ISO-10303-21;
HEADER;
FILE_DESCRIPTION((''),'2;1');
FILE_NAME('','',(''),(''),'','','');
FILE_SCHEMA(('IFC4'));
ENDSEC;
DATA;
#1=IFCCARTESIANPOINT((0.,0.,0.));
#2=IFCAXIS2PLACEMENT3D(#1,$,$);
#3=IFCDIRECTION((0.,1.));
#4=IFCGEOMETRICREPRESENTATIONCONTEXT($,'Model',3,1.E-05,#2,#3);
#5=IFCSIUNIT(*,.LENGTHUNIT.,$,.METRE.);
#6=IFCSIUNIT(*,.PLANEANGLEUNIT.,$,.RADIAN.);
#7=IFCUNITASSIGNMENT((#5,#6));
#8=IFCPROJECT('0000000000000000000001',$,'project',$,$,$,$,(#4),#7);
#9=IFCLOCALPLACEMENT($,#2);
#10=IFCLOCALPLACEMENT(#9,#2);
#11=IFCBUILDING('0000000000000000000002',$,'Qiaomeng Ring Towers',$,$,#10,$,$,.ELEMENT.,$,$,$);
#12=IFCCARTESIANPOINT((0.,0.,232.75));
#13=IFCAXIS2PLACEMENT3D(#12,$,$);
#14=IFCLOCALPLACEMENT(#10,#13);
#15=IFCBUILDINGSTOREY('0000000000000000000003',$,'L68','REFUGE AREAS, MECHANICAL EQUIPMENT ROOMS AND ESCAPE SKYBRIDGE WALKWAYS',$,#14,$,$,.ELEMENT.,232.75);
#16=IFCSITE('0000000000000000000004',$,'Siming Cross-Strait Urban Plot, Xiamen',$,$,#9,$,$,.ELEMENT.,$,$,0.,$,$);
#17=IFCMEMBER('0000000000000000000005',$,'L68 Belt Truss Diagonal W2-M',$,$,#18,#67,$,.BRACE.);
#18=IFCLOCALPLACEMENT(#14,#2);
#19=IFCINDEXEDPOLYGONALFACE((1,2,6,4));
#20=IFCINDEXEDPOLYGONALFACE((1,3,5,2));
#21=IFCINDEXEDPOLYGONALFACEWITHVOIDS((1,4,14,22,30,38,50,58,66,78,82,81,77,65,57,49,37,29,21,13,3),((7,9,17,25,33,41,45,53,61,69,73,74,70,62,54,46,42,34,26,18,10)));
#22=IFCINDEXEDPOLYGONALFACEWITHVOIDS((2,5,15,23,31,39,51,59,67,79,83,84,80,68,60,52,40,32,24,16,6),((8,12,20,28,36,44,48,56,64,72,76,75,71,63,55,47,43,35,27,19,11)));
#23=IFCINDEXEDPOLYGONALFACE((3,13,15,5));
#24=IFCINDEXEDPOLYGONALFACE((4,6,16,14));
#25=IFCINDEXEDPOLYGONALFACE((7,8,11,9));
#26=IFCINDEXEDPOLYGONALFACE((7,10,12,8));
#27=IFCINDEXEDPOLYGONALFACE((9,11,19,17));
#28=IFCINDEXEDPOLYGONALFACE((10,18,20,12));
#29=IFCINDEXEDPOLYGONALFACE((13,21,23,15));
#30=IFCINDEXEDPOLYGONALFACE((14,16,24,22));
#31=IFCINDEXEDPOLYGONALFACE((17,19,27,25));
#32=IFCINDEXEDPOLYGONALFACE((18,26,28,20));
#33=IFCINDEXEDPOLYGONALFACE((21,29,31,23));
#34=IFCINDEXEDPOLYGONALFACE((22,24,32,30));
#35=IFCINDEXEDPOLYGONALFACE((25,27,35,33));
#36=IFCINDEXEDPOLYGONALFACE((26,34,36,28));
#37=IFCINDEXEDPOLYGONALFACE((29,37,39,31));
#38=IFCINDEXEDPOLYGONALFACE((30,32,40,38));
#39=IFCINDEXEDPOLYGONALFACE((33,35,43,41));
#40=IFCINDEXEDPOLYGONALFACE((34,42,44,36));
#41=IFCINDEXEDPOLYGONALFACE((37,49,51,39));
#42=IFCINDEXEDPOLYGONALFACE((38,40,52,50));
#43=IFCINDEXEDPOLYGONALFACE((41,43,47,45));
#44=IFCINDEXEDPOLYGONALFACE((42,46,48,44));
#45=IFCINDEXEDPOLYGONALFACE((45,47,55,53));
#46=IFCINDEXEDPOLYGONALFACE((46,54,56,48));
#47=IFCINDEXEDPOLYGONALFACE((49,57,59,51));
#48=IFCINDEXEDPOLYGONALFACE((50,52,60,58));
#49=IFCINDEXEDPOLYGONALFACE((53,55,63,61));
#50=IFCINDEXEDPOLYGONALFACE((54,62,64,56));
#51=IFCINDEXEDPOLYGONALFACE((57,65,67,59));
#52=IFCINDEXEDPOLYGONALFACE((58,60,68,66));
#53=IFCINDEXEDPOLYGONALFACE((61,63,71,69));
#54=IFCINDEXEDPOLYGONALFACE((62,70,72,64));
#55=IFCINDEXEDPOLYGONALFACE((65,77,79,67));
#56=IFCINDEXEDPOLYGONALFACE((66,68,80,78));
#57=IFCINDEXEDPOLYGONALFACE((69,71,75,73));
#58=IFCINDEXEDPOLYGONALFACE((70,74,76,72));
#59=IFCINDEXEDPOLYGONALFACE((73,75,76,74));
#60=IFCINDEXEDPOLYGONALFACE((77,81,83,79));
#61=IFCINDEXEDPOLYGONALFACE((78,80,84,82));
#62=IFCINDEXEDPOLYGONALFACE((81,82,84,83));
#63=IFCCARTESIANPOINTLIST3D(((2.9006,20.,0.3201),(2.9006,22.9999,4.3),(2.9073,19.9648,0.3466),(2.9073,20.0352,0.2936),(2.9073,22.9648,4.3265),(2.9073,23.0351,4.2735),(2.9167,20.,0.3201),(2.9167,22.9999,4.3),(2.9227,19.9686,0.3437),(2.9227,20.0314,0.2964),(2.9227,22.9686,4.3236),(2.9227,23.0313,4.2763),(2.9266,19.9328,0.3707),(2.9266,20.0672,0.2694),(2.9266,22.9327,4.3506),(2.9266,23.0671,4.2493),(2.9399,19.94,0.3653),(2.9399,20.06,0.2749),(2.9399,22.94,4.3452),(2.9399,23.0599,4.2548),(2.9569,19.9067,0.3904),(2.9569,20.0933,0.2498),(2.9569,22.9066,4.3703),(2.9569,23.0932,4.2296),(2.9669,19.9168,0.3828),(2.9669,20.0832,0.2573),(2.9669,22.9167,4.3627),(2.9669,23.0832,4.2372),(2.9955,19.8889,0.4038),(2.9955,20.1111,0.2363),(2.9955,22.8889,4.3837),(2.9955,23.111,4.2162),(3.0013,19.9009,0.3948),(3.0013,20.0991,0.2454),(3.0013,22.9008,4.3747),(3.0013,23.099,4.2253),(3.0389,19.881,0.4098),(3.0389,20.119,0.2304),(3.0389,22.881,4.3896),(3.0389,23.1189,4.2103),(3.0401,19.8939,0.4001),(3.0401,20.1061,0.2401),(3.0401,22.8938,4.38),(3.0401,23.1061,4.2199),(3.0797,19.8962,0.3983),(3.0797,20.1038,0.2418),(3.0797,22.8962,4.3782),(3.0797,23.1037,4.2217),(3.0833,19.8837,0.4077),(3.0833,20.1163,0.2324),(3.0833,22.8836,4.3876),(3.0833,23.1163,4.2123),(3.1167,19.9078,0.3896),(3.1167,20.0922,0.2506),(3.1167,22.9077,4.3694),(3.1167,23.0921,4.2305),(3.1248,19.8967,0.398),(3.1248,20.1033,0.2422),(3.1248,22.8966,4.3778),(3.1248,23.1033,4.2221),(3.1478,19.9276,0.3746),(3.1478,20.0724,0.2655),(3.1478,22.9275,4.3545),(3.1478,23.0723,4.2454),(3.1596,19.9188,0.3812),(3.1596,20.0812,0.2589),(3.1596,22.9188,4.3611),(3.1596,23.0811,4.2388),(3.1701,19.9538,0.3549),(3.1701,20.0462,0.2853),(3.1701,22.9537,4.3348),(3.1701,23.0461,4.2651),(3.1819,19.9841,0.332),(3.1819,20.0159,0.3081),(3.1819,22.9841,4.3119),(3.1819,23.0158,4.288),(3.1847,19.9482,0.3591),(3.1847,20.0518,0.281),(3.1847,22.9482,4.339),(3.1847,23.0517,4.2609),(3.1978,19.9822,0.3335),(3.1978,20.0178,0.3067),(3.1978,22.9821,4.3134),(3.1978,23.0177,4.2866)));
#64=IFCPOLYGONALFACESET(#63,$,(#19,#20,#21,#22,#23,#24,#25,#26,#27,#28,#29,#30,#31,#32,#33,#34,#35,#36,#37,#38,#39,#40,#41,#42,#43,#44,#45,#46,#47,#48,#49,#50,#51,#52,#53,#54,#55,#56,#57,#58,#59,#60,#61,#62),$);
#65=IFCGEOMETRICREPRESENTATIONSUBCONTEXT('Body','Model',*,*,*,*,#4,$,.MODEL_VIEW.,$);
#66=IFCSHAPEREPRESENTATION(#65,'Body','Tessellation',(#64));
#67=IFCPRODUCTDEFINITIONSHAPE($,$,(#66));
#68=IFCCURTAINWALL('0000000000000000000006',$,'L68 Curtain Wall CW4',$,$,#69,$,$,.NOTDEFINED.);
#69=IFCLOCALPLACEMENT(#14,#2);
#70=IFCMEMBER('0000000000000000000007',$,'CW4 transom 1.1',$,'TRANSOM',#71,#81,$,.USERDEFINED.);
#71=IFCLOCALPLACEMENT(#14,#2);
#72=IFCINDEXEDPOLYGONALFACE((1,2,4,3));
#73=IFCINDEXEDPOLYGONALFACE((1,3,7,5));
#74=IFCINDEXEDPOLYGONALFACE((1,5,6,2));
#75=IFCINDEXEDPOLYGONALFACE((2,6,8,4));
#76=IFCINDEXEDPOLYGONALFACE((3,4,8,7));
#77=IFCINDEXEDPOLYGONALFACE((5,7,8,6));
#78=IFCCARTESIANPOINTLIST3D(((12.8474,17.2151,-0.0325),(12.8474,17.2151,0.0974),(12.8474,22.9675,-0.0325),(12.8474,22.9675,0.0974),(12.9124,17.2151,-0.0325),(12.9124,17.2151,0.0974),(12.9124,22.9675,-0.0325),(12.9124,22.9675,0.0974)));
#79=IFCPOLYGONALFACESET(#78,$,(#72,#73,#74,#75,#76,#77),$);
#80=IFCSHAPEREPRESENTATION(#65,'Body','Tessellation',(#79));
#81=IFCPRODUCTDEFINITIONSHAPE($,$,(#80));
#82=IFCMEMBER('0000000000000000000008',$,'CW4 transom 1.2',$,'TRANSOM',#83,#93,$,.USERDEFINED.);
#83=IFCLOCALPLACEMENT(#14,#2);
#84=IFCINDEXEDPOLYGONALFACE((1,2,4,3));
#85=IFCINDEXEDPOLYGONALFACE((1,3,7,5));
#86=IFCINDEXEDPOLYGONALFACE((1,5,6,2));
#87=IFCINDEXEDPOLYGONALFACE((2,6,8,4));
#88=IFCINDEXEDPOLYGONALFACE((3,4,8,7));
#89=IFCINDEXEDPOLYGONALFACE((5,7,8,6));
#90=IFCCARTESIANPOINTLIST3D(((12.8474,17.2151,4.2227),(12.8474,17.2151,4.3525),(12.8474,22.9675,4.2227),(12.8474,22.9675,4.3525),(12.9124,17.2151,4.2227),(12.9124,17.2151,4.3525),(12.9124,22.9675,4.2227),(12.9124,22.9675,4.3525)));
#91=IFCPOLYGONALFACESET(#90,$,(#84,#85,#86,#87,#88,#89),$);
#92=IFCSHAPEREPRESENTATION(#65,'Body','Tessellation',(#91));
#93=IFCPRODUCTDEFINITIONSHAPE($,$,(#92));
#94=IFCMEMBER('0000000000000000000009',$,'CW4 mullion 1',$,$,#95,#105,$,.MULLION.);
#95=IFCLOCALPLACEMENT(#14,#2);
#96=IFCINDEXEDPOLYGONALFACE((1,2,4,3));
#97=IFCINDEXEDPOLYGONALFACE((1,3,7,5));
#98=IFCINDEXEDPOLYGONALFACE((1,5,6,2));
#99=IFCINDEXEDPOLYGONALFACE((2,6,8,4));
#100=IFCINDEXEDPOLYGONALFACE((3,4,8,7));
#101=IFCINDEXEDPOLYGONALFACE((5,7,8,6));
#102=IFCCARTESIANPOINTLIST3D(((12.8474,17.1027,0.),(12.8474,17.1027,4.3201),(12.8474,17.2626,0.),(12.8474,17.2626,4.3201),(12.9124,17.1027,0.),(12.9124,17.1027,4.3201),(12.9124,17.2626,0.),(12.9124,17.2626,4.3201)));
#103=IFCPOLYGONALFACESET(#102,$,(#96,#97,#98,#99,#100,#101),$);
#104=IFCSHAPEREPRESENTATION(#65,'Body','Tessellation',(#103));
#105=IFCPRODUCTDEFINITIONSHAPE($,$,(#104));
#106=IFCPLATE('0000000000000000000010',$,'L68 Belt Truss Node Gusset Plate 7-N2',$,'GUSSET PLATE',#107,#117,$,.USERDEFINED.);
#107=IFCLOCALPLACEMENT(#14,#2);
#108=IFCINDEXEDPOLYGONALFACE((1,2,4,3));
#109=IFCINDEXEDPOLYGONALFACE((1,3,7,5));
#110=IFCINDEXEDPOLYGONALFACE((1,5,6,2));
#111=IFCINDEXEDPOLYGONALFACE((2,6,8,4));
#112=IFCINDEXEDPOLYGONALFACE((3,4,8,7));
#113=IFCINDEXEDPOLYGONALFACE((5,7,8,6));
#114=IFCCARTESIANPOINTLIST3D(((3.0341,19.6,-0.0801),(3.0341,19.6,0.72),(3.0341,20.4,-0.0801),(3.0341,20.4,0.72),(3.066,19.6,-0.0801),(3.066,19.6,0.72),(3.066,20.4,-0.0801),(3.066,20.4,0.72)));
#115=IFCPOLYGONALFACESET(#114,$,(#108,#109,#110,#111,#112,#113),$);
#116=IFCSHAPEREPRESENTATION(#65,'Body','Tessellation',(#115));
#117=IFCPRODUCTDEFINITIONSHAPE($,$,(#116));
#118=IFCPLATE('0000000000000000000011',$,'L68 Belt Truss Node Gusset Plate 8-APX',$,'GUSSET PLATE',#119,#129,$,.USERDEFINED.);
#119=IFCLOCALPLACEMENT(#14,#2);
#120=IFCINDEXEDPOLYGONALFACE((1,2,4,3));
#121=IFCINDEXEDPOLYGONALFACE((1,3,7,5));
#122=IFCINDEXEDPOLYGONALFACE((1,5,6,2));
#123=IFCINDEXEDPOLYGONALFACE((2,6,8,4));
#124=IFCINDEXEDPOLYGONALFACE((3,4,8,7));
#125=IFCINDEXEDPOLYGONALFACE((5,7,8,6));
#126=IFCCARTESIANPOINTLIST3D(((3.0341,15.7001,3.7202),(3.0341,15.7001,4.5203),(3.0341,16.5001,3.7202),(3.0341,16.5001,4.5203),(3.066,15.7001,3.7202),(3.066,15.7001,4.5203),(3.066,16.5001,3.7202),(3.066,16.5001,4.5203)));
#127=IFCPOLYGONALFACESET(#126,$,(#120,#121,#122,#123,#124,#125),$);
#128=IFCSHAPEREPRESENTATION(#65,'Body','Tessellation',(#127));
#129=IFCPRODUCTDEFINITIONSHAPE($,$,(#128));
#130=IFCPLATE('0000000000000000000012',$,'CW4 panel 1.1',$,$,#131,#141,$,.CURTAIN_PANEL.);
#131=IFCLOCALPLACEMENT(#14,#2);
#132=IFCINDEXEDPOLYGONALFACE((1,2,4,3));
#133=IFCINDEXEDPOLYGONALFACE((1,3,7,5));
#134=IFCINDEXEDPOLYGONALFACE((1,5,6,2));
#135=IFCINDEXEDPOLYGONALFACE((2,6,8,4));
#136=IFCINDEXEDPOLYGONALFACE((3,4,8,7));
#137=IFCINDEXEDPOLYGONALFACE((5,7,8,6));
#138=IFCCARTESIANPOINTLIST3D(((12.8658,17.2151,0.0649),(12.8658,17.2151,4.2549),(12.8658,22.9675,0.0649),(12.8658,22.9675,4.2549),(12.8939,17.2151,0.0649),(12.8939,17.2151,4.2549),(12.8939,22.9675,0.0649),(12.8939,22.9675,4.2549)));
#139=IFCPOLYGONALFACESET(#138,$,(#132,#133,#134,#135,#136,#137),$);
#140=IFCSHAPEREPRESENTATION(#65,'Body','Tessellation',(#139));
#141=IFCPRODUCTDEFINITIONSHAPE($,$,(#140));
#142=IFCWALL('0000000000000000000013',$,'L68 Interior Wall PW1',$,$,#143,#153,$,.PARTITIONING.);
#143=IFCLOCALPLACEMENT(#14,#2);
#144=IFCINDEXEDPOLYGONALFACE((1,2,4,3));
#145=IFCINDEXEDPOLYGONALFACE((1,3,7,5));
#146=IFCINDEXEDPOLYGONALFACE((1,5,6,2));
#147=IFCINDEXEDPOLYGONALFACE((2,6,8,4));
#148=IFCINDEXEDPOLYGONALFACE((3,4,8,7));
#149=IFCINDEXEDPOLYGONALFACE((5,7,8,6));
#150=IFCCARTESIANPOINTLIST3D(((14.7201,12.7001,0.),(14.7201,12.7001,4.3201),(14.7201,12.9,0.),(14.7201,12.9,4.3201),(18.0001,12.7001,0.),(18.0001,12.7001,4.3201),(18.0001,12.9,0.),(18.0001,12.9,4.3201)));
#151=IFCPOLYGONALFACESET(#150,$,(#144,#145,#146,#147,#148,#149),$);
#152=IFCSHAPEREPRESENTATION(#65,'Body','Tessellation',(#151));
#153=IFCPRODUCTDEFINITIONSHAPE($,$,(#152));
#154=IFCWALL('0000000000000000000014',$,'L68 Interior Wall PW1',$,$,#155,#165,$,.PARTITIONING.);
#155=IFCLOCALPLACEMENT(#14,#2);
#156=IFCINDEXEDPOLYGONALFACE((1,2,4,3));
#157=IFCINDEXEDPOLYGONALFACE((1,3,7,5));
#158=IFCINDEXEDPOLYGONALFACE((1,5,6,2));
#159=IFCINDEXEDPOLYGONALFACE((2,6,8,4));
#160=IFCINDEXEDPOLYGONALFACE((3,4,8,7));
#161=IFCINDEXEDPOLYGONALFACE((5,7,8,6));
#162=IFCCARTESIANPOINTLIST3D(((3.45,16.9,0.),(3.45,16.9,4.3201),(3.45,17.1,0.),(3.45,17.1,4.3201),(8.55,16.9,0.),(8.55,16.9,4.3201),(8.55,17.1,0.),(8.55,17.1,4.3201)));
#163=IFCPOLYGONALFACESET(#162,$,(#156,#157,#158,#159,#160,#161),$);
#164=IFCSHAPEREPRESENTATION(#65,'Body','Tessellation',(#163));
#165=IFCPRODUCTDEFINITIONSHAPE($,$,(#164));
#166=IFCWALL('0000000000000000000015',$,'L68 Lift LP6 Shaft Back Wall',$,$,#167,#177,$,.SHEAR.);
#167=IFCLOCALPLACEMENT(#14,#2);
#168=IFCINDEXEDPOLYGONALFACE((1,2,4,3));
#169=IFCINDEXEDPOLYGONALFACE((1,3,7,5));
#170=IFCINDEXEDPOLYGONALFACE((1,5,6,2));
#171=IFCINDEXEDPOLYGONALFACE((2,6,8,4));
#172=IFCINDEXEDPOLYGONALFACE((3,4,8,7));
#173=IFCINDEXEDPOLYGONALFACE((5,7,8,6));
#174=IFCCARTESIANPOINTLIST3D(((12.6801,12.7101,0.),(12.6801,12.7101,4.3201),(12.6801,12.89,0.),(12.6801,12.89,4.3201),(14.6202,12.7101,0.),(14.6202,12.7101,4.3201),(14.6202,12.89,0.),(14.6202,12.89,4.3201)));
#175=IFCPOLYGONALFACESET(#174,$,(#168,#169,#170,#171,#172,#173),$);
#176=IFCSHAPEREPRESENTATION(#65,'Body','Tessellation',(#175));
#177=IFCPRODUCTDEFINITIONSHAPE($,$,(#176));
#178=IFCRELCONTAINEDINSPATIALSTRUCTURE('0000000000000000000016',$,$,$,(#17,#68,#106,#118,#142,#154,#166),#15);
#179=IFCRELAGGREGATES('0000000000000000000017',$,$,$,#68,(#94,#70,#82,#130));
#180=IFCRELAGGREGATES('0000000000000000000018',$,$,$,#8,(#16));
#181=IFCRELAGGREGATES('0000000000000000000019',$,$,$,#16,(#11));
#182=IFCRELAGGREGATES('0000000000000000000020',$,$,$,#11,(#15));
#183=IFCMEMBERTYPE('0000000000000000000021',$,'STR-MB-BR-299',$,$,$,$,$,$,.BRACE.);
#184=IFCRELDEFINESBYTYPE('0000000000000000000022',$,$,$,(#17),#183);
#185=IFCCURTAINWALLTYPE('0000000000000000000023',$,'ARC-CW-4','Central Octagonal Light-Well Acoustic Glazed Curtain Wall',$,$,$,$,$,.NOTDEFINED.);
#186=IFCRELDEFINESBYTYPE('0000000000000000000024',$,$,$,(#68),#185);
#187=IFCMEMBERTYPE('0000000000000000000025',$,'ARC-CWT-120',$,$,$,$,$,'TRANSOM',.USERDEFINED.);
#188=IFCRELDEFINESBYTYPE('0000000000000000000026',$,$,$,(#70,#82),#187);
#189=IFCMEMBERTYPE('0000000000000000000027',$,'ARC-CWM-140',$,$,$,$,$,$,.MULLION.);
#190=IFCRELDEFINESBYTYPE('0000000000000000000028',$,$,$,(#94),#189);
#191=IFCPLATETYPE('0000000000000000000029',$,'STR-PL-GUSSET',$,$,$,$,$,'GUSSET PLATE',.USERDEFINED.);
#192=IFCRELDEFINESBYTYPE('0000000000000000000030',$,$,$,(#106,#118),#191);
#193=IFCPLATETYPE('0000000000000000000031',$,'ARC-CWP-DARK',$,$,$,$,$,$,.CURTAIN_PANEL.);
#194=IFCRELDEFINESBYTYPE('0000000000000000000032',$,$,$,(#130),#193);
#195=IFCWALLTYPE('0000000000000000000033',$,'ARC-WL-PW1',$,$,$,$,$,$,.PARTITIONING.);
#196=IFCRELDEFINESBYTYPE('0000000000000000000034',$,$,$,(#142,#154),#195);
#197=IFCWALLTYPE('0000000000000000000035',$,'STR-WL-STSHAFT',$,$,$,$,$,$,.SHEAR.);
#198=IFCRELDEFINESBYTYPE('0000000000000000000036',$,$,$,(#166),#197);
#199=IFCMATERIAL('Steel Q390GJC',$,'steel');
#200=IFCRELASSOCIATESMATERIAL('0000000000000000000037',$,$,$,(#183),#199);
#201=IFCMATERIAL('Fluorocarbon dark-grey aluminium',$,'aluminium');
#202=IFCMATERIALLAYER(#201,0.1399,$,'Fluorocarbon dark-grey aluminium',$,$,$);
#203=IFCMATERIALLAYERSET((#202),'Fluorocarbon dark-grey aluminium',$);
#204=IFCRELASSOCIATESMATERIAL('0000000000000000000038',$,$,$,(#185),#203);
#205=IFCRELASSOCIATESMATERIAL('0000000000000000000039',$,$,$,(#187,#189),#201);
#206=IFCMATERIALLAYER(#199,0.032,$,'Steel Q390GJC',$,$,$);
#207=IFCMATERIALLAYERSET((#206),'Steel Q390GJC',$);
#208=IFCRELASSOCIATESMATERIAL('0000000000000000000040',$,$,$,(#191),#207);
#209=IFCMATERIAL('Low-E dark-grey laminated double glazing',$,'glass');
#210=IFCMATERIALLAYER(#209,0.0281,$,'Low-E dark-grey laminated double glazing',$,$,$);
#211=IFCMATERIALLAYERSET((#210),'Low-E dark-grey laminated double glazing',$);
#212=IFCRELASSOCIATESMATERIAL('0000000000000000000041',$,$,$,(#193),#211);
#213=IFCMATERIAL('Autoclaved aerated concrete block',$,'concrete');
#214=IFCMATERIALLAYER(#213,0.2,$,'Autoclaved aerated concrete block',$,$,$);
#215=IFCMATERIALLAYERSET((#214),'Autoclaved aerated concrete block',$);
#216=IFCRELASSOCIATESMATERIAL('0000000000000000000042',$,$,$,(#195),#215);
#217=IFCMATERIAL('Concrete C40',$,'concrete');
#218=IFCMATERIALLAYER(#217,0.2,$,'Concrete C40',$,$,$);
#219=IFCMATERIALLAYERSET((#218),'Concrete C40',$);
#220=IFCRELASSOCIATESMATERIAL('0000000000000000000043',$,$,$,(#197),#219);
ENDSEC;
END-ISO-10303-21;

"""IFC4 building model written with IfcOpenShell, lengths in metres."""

from ifc_helpers import new_model, si_unit, direction, frame, frame_2d, origin, origin_2d, place, context, subcontext, project, spatial, rectangle, hollow_circle, extrude, source, transform, mapped, material, layer, layer_set, material_profile, profile_set, type_object, element, aggregate, save


model = new_model("IFC4")

# Units and contexts
model_context = context("Model", 3, precision=1e-05, world=origin(), true_north=direction((0.0, 1.0)))
body_context = subcontext(model_context, "Body", "Model", "MODEL_VIEW")
ifc_project = project(units=[si_unit("LENGTHUNIT", "METRE"), si_unit("PLANEANGLEUNIT", "RADIAN")], contexts=[model_context])

# Site, building, storey
site_placement = place(None, origin())
site = spatial("IfcSite", under=ifc_project, at=site_placement, Name="Siming Cross-Strait Urban Plot, Xiamen", CompositionType="ELEMENT", RefElevation=0.0)
building_placement = place(site_placement, origin())
building = spatial("IfcBuilding", under=site, at=building_placement, Name="Qiaomeng Ring Towers", CompositionType="ELEMENT")
storey_placement = place(building_placement, frame((0.0, 0.0, 232.75)))
storey = spatial("IfcBuildingStorey", under=building, at=storey_placement, Name="L68", Description="REFUGE AREAS, MECHANICAL EQUIPMENT ROOMS AND ESCAPE SKYBRIDGE WALKWAYS", CompositionType="ELEMENT", Elevation=232.75)

# Shared definitions
ifc_material_1 = material(Name="Concrete C40", Category="concrete")

# Shared definitions
ifc_material_2 = material(Name="Steel Q390GJC", Category="steel")

# Member
ifc_material_profile_1 = material_profile(ifc_material_2, hollow_circle(Radius=0.1494, WallThickness=0.0161, at=origin_2d()), Name="CHS 299x16")
ifc_profile_set_1 = profile_set([ifc_material_profile_1], Name="Steel Q390GJC")
member_type_1 = type_object("IfcMemberType", Name="STR-MB-BR-299", PredefinedType="BRACE", material=ifc_profile_set_1)
shared_shape_1 = source(origin(), body_context, "Body", "SweptSolid", [
    extrude(hollow_circle(Radius=0.1494, WallThickness=0.0161, at=origin_2d()), origin(), (0.0, 0.0, 1.0), 4.9839),
])
member_1_placement = place(storey_placement, frame((3.05, 20.0, 0.3201), z_axis=(0.0, 0.601926, 0.798552), x_axis=(-1.0, 0.0, 0.0)))
element("IfcMember", 1, at=member_1_placement, inside=storey, type_object=member_type_1, Name="L68 Belt Truss Diagonal W2-M", PredefinedType="BRACE", context=body_context, shape_type="MappedRepresentation", body=[
    mapped(shared_shape_1, transform((0.0, 0.0, 0.0), x_axis=(1.0, 0.0, 0.0), y_axis=(0.0, 1.0, 0.0), z_axis=(0.0, 0.0, 1.0), scale=1.0)),
])

# Curtain wall, members
ifc_material_3 = material(Name="Fluorocarbon dark-grey aluminium", Category="aluminium")
ifc_layer_1 = layer(ifc_material_3, 0.1399, Name="Fluorocarbon dark-grey aluminium")
ifc_layer_set_1 = layer_set([ifc_layer_1], Name="Fluorocarbon dark-grey aluminium")
curtain_wall_type = type_object("IfcCurtainWallType", Name="ARC-CW-4", Description="Central Octagonal Light-Well Acoustic Glazed Curtain Wall", PredefinedType="NOTDEFINED", material=ifc_layer_set_1)
curtain_wall_placement = place(storey_placement, origin())
curtain_wall = element("IfcCurtainWall", 2, at=curtain_wall_placement, inside=storey, type_object=curtain_wall_type, Name="L68 Curtain Wall CW4", PredefinedType="NOTDEFINED")
ifc_material_profile_2 = material_profile(ifc_material_3, rectangle(XDim=0.0649, YDim=0.1299, at=origin_2d()), Name="ALU TRAN 65x130")
ifc_profile_set_2 = profile_set([ifc_material_profile_2], Name="Fluorocarbon dark-grey aluminium")
member_type_2 = type_object("IfcMemberType", Name="ARC-CWT-120", ElementType="TRANSOM", PredefinedType="USERDEFINED", material=ifc_profile_set_2)
shared_shape_2 = source(origin(), body_context, "Body", "SweptSolid", [
    extrude(rectangle(XDim=0.0649, YDim=0.1299, at=origin_2d()), origin(), (0.0, 0.0, 1.0), 5.7524),
])
member_2_placement = place(storey_placement, frame((12.8799, 17.2151, 0.0325), z_axis=(0.0, 1.0, 0.0), x_axis=(-1.0, 0.0, 0.0)))
member_2 = element("IfcMember", 3, at=member_2_placement, type_object=member_type_2, Name="CW4 transom 1.1", ObjectType="TRANSOM", PredefinedType="USERDEFINED", context=body_context, shape_type="MappedRepresentation", body=[
    mapped(shared_shape_2, transform((0.0, 0.0, 0.0), x_axis=(1.0, 0.0, 0.0), y_axis=(0.0, 1.0, 0.0), z_axis=(0.0, 0.0, 1.0), scale=1.0)),
])
member_3_placement = place(storey_placement, frame((12.8799, 17.2151, 4.2876), z_axis=(0.0, 1.0, 0.0), x_axis=(-1.0, 0.0, 0.0)))
member_3 = element("IfcMember", 4, at=member_3_placement, type_object=member_type_2, Name="CW4 transom 1.2", ObjectType="TRANSOM", PredefinedType="USERDEFINED", context=body_context, shape_type="MappedRepresentation", body=[
    mapped(shared_shape_2, transform((0.0, 0.0, 0.0), x_axis=(1.0, 0.0, 0.0), y_axis=(0.0, 1.0, 0.0), z_axis=(0.0, 0.0, 1.0), scale=1.0)),
])
ifc_material_profile_3 = material_profile(ifc_material_3, rectangle(XDim=0.0649, YDim=0.1599, at=origin_2d()), Name="ALU MULL 65x160")
ifc_profile_set_3 = profile_set([ifc_material_profile_3], Name="Fluorocarbon dark-grey aluminium")
member_type_3 = type_object("IfcMemberType", Name="ARC-CWM-140", PredefinedType="MULLION", material=ifc_profile_set_3)
shared_shape_3 = source(origin(), body_context, "Body", "SweptSolid", [
    extrude(rectangle(XDim=0.0649, YDim=0.1599, at=origin_2d()), origin(), (0.0, 0.0, 1.0), 4.3201),
])
member_4_placement = place(storey_placement, frame((12.8799, 17.1826, 0.0), z_axis=(0.0, 0.0, 1.0), x_axis=(-1.0, 0.0, 0.0)))
member_4 = element("IfcMember", 5, at=member_4_placement, type_object=member_type_3, Name="CW4 mullion 1", PredefinedType="MULLION", context=body_context, shape_type="MappedRepresentation", body=[
    mapped(shared_shape_3, transform((0.0, 0.0, 0.0), x_axis=(1.0, 0.0, 0.0), y_axis=(0.0, 1.0, 0.0), z_axis=(0.0, 0.0, 1.0), scale=1.0)),
])

# Plates
ifc_layer_2 = layer(ifc_material_2, 0.032, Name="Steel Q390GJC")
ifc_layer_set_2 = layer_set([ifc_layer_2], Name="Steel Q390GJC")
plate_type_1 = type_object("IfcPlateType", Name="STR-PL-GUSSET", ElementType="GUSSET PLATE", PredefinedType="USERDEFINED", material=ifc_layer_set_2)
shared_shape_4 = source(origin(), body_context, "Body", "SweptSolid", [
    extrude(rectangle(XDim=0.8, YDim=0.032, at=origin_2d()), origin(), (0.0, 0.0, 1.0), 0.8),
])
for number, where, z_axis, x_axis, name in (
    (6, (3.05, 20.0, -0.0801), (0.0, 0.0, 1.0), (0.0, -1.0, 0.0), "L68 Belt Truss Node Gusset Plate 7-N2"),
    (7, (3.05, 16.1001, 3.7202), (0.0, 0.0, 1.0), (0.0, -1.0, 0.0), "L68 Belt Truss Node Gusset Plate 8-APX"),
):
    element("IfcPlate", number, at=place(storey_placement, frame(where, z_axis=z_axis, x_axis=x_axis)), inside=storey, type_object=plate_type_1, Name=name, ObjectType="GUSSET PLATE", PredefinedType="USERDEFINED", context=body_context, shape_type="MappedRepresentation", body=[
        mapped(shared_shape_4, transform((0.0, 0.0, 0.0), x_axis=(1.0, 0.0, 0.0), y_axis=(0.0, 1.0, 0.0), z_axis=(0.0, 0.0, 1.0), scale=1.0)),
    ])

# Plate
ifc_material_4 = material(Name="Low-E dark-grey laminated double glazing", Category="glass")
ifc_layer_3 = layer(ifc_material_4, 0.0281, Name="Low-E dark-grey laminated double glazing")
ifc_layer_set_3 = layer_set([ifc_layer_3], Name="Low-E dark-grey laminated double glazing")
plate_type_2 = type_object("IfcPlateType", Name="ARC-CWP-DARK", PredefinedType="CURTAIN_PANEL", material=ifc_layer_set_3)
shared_shape_5 = source(origin(), body_context, "Body", "SweptSolid", [
    extrude(rectangle(XDim=5.7524, YDim=0.0281, at=origin_2d()), origin(), (0.0, 0.0, 1.0), 4.1899),
])
plate_placement = place(storey_placement, frame((12.8799, 20.0913, 0.0649), z_axis=(0.0, 0.0, 1.0), x_axis=(0.0, 1.0, 0.0)))
plate = element("IfcPlate", 8, at=plate_placement, type_object=plate_type_2, Name="CW4 panel 1.1", PredefinedType="CURTAIN_PANEL", context=body_context, shape_type="MappedRepresentation", body=[
    mapped(shared_shape_5, transform((0.0, 0.0, 0.0), x_axis=(1.0, 0.0, 0.0), y_axis=(0.0, 1.0, 0.0), z_axis=(0.0, 0.0, 1.0), scale=1.0)),
])
aggregate(curtain_wall, [member_4, member_2, member_3, plate])

# Walls
ifc_material_5 = material(Name="Autoclaved aerated concrete block", Category="concrete")
ifc_layer_4 = layer(ifc_material_5, 0.2, Name="Autoclaved aerated concrete block")
ifc_layer_set_4 = layer_set([ifc_layer_4], Name="Autoclaved aerated concrete block")
wall_type_1 = type_object("IfcWallType", Name="ARC-WL-PW1", PredefinedType="PARTITIONING", material=ifc_layer_set_4)
wall_1_placement = place(storey_placement, frame((14.72, 12.8, 0.0), z_axis=(0.0, 0.0, 1.0), x_axis=(1.0, 0.0, 0.0)))
element("IfcWall", 9, at=wall_1_placement, inside=storey, type_object=wall_type_1, Name="L68 Interior Wall PW1", PredefinedType="PARTITIONING", context=body_context, shape_type="SweptSolid", body=[
    extrude(rectangle(XDim=3.28, YDim=0.2, at=frame_2d((1.6401, 0.0))), origin(), (0.0, 0.0, 1.0), 4.3201),
])
wall_2_placement = place(storey_placement, frame((3.45, 17.0, 0.0), z_axis=(0.0, 0.0, 1.0), x_axis=(1.0, 0.0, 0.0)))
element("IfcWall", 10, at=wall_2_placement, inside=storey, type_object=wall_type_1, Name="L68 Interior Wall PW1", PredefinedType="PARTITIONING", context=body_context, shape_type="SweptSolid", body=[
    extrude(rectangle(XDim=5.1001, YDim=0.2, at=frame_2d((2.55, 0.0))), origin(), (0.0, 0.0, 1.0), 4.3201),
])
ifc_layer_5 = layer(ifc_material_1, 0.2, Name="Concrete C40")
ifc_layer_set_5 = layer_set([ifc_layer_5], Name="Concrete C40")
wall_type_2 = type_object("IfcWallType", Name="STR-WL-STSHAFT", PredefinedType="SHEAR", material=ifc_layer_set_5)
wall_3_placement = place(storey_placement, frame((12.6799, 12.8, 0.0), z_axis=(0.0, 0.0, 1.0), x_axis=(1.0, 0.0, 0.0)))
element("IfcWall", 11, at=wall_3_placement, inside=storey, type_object=wall_type_2, Name="L68 Lift LP6 Shaft Back Wall", PredefinedType="SHEAR", context=body_context, shape_type="SweptSolid", body=[
    extrude(rectangle(XDim=1.9402, YDim=0.1799, at=frame_2d((0.9702, 0.0))), origin(), (0.0, 0.0, 1.0), 4.3201),
])

save(model, "model.ifc")
